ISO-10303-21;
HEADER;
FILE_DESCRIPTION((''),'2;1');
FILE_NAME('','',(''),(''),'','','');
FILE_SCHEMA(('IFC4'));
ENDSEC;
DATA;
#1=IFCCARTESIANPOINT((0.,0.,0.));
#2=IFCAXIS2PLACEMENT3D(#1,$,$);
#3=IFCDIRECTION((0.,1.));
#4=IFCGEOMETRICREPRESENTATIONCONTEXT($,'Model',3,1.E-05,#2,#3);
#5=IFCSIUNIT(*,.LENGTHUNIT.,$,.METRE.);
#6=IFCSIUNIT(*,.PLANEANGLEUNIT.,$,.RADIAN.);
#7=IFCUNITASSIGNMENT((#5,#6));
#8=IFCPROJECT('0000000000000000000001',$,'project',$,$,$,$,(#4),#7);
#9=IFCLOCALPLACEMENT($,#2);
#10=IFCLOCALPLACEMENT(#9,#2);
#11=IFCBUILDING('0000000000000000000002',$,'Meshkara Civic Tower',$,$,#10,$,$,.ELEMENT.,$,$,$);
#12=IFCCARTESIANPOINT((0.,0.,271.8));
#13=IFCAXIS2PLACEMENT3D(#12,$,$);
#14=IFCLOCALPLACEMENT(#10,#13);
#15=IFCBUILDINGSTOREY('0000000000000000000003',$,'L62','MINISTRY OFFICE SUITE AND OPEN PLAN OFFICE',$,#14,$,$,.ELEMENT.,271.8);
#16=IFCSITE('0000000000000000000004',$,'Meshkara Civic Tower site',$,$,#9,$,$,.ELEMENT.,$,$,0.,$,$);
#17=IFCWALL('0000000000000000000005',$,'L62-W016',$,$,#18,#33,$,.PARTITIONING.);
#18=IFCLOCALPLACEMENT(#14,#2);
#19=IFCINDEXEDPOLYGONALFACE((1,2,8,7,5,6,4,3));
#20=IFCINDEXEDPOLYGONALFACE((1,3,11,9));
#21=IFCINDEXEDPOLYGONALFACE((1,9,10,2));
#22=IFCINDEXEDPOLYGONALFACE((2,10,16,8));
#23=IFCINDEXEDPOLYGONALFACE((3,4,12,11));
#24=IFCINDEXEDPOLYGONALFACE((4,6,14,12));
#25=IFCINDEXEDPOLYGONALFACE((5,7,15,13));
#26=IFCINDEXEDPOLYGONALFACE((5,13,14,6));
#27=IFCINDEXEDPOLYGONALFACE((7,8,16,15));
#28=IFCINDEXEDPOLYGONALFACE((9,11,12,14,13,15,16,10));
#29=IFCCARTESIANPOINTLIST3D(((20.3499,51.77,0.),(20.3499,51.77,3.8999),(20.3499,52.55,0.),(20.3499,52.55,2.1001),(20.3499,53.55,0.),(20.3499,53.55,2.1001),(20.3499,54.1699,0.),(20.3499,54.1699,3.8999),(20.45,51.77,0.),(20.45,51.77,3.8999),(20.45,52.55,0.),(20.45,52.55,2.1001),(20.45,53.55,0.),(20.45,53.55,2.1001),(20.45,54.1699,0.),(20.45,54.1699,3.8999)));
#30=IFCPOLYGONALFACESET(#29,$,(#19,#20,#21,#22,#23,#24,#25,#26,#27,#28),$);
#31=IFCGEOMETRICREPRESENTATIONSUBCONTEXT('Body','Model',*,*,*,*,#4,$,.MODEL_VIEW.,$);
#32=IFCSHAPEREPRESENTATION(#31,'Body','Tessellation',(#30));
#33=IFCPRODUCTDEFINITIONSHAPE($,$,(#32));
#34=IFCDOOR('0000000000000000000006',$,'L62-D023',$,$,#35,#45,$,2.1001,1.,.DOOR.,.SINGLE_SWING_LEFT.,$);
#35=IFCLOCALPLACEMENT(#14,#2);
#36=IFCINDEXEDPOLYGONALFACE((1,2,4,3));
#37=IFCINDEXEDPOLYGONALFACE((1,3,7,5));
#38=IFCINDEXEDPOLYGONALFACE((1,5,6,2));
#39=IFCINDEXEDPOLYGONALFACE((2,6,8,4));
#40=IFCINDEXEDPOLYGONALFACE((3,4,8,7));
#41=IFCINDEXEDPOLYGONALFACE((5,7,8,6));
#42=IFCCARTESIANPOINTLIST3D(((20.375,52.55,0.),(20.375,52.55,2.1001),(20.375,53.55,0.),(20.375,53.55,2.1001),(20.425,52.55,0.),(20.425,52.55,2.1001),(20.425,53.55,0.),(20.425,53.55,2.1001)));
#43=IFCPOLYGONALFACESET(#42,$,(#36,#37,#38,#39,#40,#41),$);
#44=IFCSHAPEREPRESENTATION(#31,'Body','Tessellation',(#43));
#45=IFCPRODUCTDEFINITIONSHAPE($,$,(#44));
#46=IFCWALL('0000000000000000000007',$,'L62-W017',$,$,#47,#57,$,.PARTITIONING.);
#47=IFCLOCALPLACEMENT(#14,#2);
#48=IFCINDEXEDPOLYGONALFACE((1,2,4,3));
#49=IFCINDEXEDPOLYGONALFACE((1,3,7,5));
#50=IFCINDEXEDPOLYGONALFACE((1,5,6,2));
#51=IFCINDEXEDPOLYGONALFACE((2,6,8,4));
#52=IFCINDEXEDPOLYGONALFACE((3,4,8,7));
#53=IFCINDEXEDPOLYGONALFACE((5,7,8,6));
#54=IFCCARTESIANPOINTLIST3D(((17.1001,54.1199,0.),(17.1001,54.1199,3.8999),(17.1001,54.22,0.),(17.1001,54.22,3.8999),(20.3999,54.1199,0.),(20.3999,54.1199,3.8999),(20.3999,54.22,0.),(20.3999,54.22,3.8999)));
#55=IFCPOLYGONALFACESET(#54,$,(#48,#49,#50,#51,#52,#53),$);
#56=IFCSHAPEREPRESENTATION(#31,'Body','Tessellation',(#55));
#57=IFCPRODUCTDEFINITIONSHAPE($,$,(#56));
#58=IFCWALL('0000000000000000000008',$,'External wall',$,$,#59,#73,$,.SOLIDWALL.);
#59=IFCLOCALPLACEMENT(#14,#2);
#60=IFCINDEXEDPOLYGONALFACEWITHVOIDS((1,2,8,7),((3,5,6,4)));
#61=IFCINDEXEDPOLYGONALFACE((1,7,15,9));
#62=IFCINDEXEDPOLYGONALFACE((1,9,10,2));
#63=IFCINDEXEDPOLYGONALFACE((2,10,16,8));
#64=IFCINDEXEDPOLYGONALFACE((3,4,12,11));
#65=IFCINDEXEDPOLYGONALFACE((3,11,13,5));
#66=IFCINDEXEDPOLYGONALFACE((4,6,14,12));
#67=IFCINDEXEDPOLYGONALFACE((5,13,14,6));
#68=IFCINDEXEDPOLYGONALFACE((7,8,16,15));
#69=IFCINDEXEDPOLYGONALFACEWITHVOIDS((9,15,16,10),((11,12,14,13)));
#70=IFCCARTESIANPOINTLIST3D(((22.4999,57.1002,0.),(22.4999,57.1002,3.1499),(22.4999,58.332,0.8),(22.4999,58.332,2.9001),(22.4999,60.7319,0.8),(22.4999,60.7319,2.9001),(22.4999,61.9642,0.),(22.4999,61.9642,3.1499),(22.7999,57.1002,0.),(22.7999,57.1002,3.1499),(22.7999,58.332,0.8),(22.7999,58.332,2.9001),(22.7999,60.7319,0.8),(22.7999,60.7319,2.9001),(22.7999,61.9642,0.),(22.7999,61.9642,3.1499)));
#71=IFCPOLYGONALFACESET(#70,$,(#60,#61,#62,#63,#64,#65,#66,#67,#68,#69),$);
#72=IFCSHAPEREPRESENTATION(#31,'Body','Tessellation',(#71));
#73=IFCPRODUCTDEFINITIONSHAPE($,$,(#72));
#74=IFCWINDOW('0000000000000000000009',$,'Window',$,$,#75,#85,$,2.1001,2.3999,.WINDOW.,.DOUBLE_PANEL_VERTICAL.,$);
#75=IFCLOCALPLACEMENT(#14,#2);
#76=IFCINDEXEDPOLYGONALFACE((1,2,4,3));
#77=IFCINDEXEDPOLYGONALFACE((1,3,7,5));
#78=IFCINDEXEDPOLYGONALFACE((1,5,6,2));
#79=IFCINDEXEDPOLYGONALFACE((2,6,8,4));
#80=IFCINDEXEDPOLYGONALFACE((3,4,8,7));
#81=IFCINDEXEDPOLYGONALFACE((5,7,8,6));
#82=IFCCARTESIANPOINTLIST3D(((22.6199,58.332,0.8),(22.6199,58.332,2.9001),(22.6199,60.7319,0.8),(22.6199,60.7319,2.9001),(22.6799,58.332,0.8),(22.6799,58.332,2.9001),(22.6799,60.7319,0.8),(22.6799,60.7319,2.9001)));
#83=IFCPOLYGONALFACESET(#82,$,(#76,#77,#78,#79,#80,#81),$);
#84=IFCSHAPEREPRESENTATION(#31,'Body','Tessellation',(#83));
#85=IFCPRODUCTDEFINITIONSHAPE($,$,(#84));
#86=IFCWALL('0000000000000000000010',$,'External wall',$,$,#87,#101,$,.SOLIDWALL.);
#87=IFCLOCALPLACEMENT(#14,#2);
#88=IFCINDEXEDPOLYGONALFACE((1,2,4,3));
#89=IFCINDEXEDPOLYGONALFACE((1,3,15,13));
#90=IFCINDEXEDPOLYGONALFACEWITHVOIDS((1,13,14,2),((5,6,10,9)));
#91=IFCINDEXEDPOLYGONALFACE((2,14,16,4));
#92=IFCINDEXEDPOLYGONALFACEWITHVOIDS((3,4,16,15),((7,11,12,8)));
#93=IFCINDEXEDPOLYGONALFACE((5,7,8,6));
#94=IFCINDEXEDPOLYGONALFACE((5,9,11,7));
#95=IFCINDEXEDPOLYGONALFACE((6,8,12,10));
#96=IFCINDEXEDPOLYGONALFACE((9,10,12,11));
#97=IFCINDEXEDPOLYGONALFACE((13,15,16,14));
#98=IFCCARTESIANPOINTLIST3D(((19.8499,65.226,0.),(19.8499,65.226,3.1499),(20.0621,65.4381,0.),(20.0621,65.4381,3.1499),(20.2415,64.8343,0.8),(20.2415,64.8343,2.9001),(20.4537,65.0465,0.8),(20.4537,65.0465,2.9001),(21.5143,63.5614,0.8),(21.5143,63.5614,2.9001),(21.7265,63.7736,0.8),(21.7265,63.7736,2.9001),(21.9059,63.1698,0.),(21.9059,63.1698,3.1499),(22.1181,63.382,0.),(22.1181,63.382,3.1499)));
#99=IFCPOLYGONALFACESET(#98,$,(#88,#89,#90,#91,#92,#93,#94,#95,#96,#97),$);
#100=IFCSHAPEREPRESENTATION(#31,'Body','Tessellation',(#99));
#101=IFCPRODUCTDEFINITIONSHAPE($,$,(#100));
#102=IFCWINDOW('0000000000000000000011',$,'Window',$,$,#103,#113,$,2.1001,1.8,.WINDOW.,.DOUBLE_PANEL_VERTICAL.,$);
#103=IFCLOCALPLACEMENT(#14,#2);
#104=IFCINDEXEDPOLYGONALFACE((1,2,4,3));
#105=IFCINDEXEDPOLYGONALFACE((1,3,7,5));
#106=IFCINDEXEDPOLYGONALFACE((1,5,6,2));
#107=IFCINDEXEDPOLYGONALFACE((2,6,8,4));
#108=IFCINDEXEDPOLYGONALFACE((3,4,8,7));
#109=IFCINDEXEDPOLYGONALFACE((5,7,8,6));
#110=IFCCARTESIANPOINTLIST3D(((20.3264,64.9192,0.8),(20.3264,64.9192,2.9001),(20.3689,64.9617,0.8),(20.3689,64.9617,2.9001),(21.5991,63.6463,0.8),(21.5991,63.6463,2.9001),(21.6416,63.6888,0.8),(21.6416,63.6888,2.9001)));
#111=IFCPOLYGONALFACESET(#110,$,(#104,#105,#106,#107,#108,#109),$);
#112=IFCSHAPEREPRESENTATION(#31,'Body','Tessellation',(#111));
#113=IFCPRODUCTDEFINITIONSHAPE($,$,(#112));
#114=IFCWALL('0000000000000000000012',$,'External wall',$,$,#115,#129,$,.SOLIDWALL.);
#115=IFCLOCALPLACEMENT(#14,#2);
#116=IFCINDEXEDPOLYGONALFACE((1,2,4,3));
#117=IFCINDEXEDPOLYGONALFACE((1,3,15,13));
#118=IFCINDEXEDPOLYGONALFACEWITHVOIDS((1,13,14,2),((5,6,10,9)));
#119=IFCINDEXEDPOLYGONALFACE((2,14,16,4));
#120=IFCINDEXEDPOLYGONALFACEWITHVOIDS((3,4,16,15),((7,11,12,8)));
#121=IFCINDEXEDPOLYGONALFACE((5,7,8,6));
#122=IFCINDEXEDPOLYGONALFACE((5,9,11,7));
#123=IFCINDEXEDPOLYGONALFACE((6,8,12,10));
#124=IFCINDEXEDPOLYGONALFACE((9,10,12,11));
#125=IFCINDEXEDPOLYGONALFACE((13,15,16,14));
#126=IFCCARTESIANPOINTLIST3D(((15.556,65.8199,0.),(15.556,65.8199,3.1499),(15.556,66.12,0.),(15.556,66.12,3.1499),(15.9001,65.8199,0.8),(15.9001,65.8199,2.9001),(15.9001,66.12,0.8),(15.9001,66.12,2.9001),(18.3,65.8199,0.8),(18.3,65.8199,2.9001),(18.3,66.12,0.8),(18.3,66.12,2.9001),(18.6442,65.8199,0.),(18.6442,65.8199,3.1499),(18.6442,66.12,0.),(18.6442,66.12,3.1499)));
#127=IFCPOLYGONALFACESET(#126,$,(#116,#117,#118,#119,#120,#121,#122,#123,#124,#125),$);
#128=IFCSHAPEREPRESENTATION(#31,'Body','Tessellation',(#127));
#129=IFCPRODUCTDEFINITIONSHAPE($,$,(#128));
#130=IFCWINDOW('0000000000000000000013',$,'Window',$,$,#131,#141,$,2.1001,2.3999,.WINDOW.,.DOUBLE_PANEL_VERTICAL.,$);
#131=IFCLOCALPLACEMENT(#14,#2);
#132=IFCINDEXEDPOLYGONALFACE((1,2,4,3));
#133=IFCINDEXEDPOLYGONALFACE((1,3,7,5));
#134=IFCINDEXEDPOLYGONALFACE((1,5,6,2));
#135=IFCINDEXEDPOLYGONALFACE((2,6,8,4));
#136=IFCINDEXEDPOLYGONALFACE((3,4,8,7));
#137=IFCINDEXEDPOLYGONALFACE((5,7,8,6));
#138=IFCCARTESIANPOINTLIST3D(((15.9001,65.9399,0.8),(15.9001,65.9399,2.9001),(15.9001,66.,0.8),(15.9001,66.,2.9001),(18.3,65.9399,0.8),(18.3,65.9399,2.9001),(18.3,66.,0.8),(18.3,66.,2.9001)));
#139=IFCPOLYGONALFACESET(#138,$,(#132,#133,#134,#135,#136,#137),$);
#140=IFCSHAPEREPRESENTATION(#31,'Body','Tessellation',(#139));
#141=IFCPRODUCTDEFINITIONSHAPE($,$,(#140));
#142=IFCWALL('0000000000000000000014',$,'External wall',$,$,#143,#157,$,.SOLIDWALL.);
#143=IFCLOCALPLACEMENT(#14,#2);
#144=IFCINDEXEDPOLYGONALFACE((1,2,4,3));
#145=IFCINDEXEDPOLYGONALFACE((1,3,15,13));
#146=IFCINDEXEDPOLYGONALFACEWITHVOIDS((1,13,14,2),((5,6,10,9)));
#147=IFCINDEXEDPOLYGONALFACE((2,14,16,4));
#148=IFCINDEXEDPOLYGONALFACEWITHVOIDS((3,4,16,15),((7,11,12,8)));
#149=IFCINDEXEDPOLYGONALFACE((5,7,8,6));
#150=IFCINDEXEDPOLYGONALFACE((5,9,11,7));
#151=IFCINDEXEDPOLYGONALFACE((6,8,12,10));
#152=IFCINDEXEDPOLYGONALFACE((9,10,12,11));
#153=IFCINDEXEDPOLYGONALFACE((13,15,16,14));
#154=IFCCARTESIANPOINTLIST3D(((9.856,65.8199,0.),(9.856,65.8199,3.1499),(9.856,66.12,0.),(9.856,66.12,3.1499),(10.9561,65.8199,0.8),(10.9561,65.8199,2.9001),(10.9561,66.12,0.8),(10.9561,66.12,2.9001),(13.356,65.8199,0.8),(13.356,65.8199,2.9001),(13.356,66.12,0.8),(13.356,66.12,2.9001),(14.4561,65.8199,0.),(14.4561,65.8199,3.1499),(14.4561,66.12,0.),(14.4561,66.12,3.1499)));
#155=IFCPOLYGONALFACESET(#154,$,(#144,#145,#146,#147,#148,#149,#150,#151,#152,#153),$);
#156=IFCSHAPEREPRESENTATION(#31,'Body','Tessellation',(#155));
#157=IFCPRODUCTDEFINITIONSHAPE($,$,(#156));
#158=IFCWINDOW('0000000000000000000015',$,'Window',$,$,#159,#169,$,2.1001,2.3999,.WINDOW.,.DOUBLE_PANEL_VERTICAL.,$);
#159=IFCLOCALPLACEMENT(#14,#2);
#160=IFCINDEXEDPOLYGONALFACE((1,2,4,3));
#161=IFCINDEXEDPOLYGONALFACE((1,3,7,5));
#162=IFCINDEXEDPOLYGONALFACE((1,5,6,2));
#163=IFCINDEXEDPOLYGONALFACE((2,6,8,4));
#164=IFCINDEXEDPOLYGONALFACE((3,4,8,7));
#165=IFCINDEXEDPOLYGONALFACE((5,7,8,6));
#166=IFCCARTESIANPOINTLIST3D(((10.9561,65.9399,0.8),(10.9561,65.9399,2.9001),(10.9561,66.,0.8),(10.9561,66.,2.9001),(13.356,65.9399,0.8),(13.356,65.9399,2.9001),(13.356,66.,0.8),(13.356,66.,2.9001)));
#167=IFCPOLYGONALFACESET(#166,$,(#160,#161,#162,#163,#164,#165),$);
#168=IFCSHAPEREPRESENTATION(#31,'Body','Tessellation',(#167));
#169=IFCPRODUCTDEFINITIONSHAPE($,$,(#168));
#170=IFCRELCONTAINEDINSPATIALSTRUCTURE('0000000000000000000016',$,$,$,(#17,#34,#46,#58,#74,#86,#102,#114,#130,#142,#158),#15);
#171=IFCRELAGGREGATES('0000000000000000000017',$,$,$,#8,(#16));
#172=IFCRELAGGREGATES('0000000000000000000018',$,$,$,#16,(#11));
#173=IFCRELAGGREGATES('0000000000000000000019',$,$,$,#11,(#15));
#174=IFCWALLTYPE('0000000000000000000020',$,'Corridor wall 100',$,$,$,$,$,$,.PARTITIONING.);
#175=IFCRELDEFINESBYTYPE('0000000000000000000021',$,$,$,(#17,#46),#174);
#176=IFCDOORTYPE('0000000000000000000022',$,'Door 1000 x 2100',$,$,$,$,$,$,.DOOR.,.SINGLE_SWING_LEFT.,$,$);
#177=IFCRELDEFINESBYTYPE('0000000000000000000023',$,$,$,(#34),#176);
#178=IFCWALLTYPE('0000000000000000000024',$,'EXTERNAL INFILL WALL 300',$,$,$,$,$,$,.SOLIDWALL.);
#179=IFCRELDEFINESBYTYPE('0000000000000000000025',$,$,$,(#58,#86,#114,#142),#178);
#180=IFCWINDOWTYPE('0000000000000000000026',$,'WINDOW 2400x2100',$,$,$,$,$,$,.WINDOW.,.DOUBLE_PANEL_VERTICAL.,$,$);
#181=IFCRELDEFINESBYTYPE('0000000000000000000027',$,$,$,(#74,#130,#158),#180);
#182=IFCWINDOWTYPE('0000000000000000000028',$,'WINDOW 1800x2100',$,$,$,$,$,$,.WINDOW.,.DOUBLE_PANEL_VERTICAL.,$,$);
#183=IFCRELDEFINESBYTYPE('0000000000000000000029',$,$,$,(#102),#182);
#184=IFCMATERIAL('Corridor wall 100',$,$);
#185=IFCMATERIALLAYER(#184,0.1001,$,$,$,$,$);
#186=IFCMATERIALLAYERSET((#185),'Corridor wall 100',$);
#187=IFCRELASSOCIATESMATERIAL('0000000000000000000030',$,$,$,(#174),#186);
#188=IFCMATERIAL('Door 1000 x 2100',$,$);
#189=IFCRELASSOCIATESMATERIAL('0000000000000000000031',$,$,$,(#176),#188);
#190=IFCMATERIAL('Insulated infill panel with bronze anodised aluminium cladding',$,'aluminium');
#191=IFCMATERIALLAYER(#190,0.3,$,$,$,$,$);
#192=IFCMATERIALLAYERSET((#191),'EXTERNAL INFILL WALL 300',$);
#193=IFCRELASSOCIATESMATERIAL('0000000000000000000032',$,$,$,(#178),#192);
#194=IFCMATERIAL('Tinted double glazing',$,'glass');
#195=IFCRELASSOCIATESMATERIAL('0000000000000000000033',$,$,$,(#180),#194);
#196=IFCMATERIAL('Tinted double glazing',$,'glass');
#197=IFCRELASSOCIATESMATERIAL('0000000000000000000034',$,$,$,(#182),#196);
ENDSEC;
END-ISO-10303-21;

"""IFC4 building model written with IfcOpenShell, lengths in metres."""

from ifc_helpers import new_model, si_unit, direction, frame, frame_2d, origin, place, context, subcontext, project, spatial, rectangle, extrude, material, layer, layer_set, type_object, element, fill, save


model = new_model("IFC4")

# Units and contexts
model_context = context("Model", 3, precision=1e-05, world=origin(), true_north=direction((0.0, 1.0)))
body_context = subcontext(model_context, "Body", "Model", "MODEL_VIEW")
ifc_project = project(units=[si_unit("LENGTHUNIT", "METRE"), si_unit("PLANEANGLEUNIT", "RADIAN")], contexts=[model_context])

# Site, building, storey
site_placement = place(None, origin())
site = spatial("IfcSite", under=ifc_project, at=site_placement, Name="Meshkara Civic Tower site", CompositionType="ELEMENT", RefElevation=0.0)
building_placement = place(site_placement, origin())
building = spatial("IfcBuilding", under=site, at=building_placement, Name="Meshkara Civic Tower", CompositionType="ELEMENT")
storey_placement = place(building_placement, frame((0.0, 0.0, 271.8)))
storey = spatial("IfcBuildingStorey", under=building, at=storey_placement, Name="L62", Description="MINISTRY OFFICE SUITE AND OPEN PLAN OFFICE", CompositionType="ELEMENT", Elevation=271.8)

# Shared definitions
ifc_material_1 = material(Name="Corridor wall 100")
ifc_layer_1 = layer(ifc_material_1, 0.1001)
ifc_layer_set_1 = layer_set([ifc_layer_1], Name="Corridor wall 100")
wall_type_1 = type_object("IfcWallType", Name="Corridor wall 100", PredefinedType="PARTITIONING", material=ifc_layer_set_1)

# Wall, opening, door
wall_1_placement = place(storey_placement, frame((20.3999, 51.77, 0.0), z_axis=(0.0, 0.0, 1.0), x_axis=(0.0, 1.0, 0.0)))
wall_1 = element("IfcWall", 1, at=wall_1_placement, inside=storey, type_object=wall_type_1, Name="L62-W016", PredefinedType="PARTITIONING", context=body_context, shape_type="SweptSolid", body=[
    extrude(rectangle(XDim=2.3999, YDim=0.1001, at=frame_2d((1.2, 0.0))), origin(), (0.0, 0.0, 1.0), 3.8999),
])
opening_1_placement = place(wall_1_placement, frame((0.78, 0.0, 0.0)))
opening_1 = element("IfcOpeningElement", 2, at=opening_1_placement, cuts=wall_1, PredefinedType="OPENING", context=body_context, shape_type="SweptSolid", body=[
    extrude(rectangle(XDim=1.0, YDim=2.1001, at=frame_2d((0.5, 1.05))), frame((0.0, 0.0601, 0.0), z_axis=(0.0, -1.0, 0.0), x_axis=(1.0, 0.0, 0.0)), (0.0, 0.0, 1.0), 0.1201),
])
ifc_material_2 = material(Name="Door 1000 x 2100")
door_type_1 = type_object("IfcDoorType", Name="Door 1000 x 2100", OperationType="SINGLE_SWING_LEFT", PredefinedType="DOOR", material=ifc_material_2)
door_1_placement = place(opening_1_placement, origin())
door_1 = element("IfcDoor", 3, at=door_1_placement, inside=storey, type_object=door_type_1, Name="L62-D023", OperationType="SINGLE_SWING_LEFT", OverallHeight=2.1001, OverallWidth=1.0, PredefinedType="DOOR", context=body_context, shape_type="SweptSolid", body=[
    extrude(rectangle(XDim=1.0, YDim=2.1001, at=frame_2d((0.5, 1.05))), frame((0.0, 0.0249, 0.0), z_axis=(0.0, -1.0, 0.0), x_axis=(1.0, 0.0, 0.0)), (0.0, 0.0, 1.0), 0.05),
])
fill(opening_1, door_1)

# Wall
wall_2_placement = place(storey_placement, frame((20.3999, 54.1699, 0.0), z_axis=(0.0, 0.0, 1.0), x_axis=(-1.0, 0.0, 0.0)))
element("IfcWall", 4, at=wall_2_placement, inside=storey, type_object=wall_type_1, Name="L62-W017", PredefinedType="PARTITIONING", context=body_context, shape_type="SweptSolid", body=[
    extrude(rectangle(XDim=3.2998, YDim=0.1001, at=frame_2d((1.6499, 0.0))), origin(), (0.0, 0.0, 1.0), 3.8999),
])

# Walls, openings, windows
ifc_material_3 = material(Name="Insulated infill panel with bronze anodised aluminium cladding", Category="aluminium")
ifc_layer_2 = layer(ifc_material_3, 0.3)
ifc_layer_set_2 = layer_set([ifc_layer_2], Name="EXTERNAL INFILL WALL 300")
wall_type_2 = type_object("IfcWallType", Name="EXTERNAL INFILL WALL 300", PredefinedType="SOLIDWALL", material=ifc_layer_set_2)
wall_3_placement = place(storey_placement, frame((22.6499, 57.1001, 0.0), z_axis=(0.0, 0.0, 1.0), x_axis=(0.0, 1.0, 0.0)))
wall_3 = element("IfcWall", 5, at=wall_3_placement, inside=storey, type_object=wall_type_2, Name="External wall", PredefinedType="SOLIDWALL", context=body_context, shape_type="SweptSolid", body=[
    extrude(rectangle(XDim=4.864, YDim=0.3, at=frame_2d((2.4321, 0.0))), origin(), (0.0, 0.0, 1.0), 3.1499),
])
opening_2_placement = place(wall_3_placement, frame((1.2319, 0.0, 0.8)))
opening_2 = element("IfcOpeningElement", 6, at=opening_2_placement, cuts=wall_3, PredefinedType="OPENING", context=body_context, shape_type="SweptSolid", body=[
    extrude(rectangle(XDim=2.3999, YDim=2.1001, at=frame_2d((1.2, 1.05))), frame((0.0, 0.1599, 0.0), z_axis=(0.0, -1.0, 0.0), x_axis=(1.0, 0.0, 0.0)), (0.0, 0.0, 1.0), 0.3201),
])
ifc_material_4 = material(Name="Tinted double glazing", Category="glass")
window_type_1 = type_object("IfcWindowType", Name="WINDOW 2400x2100", PartitioningType="DOUBLE_PANEL_VERTICAL", PredefinedType="WINDOW", material=ifc_material_4)
window_1_placement = place(opening_2_placement, origin())
window_1 = element("IfcWindow", 7, at=window_1_placement, inside=storey, type_object=window_type_1, Name="Window", OverallHeight=2.1001, OverallWidth=2.3999, PartitioningType="DOUBLE_PANEL_VERTICAL", PredefinedType="WINDOW", context=body_context, shape_type="SweptSolid", body=[
    extrude(rectangle(XDim=2.3999, YDim=2.1001, at=frame_2d((1.2, 1.05))), frame((0.0, 0.03, 0.0), z_axis=(0.0, -1.0, 0.0), x_axis=(1.0, 0.0, 0.0)), (0.0, 0.0, 1.0), 0.0601),
])
fill(opening_2, window_1)
wall_4_placement = place(storey_placement, frame((22.012, 63.2759, 0.0), z_axis=(0.0, 0.0, 1.0), x_axis=(-0.707065, 0.707149, 0.0)))
wall_4 = element("IfcWall", 8, at=wall_4_placement, inside=storey, type_object=wall_type_2, Name="External wall", PredefinedType="SOLIDWALL", context=body_context, shape_type="SweptSolid", body=[
    extrude(rectangle(XDim=2.9077, YDim=0.3, at=frame_2d((1.4539, 0.0))), origin(), (0.0, 0.0, 1.0), 3.1499),
])
opening_3_placement = place(wall_4_placement, frame((0.554, 0.0, 0.8)))
opening_3 = element("IfcOpeningElement", 9, at=opening_3_placement, cuts=wall_4, PredefinedType="OPENING", context=body_context, shape_type="SweptSolid", body=[
    extrude(rectangle(XDim=1.8, YDim=2.1001, at=frame_2d((0.8999, 1.05))), frame((0.0, 0.1599, 0.0), z_axis=(0.0, -1.0, 0.0), x_axis=(1.0, 0.0, 0.0)), (0.0, 0.0, 1.0), 0.3201),
])
ifc_material_5 = material(Name="Tinted double glazing", Category="glass")
window_type_2 = type_object("IfcWindowType", Name="WINDOW 1800x2100", PartitioningType="DOUBLE_PANEL_VERTICAL", PredefinedType="WINDOW", material=ifc_material_5)
window_2_placement = place(opening_3_placement, origin())
window_2 = element("IfcWindow", 10, at=window_2_placement, inside=storey, type_object=window_type_2, Name="Window", OverallHeight=2.1001, OverallWidth=1.8, PartitioningType="DOUBLE_PANEL_VERTICAL", PredefinedType="WINDOW", context=body_context, shape_type="SweptSolid", body=[
    extrude(rectangle(XDim=1.8, YDim=2.1001, at=frame_2d((0.8999, 1.05))), frame((0.0, 0.03, 0.0), z_axis=(0.0, -1.0, 0.0), x_axis=(1.0, 0.0, 0.0)), (0.0, 0.0, 1.0), 0.0601),
])
fill(opening_3, window_2)
wall_5_placement = place(storey_placement, frame((18.644, 65.97, 0.0), z_axis=(0.0, 0.0, 1.0), x_axis=(-1.0, 0.0, 0.0)))
wall_5 = element("IfcWall", 11, at=wall_5_placement, inside=storey, type_object=wall_type_2, Name="External wall", PredefinedType="SOLIDWALL", context=body_context, shape_type="SweptSolid", body=[
    extrude(rectangle(XDim=3.0881, YDim=0.3, at=frame_2d((1.5439, 0.0))), origin(), (0.0, 0.0, 1.0), 3.1499),
])
opening_4_placement = place(wall_5_placement, frame((0.344, 0.0, 0.8)))
opening_4 = element("IfcOpeningElement", 12, at=opening_4_placement, cuts=wall_5, PredefinedType="OPENING", context=body_context, shape_type="SweptSolid", body=[
    extrude(rectangle(XDim=2.3999, YDim=2.1001, at=frame_2d((1.2, 1.05))), frame((0.0, 0.1599, 0.0), z_axis=(0.0, -1.0, 0.0), x_axis=(1.0, 0.0, 0.0)), (0.0, 0.0, 1.0), 0.3201),
])
window_3_placement = place(opening_4_placement, origin())
window_3 = element("IfcWindow", 13, at=window_3_placement, inside=storey, type_object=window_type_1, Name="Window", OverallHeight=2.1001, OverallWidth=2.3999, PartitioningType="DOUBLE_PANEL_VERTICAL", PredefinedType="WINDOW", context=body_context, shape_type="SweptSolid", body=[
    extrude(rectangle(XDim=2.3999, YDim=2.1001, at=frame_2d((1.2, 1.05))), frame((0.0, 0.03, 0.0), z_axis=(0.0, -1.0, 0.0), x_axis=(1.0, 0.0, 0.0)), (0.0, 0.0, 1.0), 0.0601),
])
fill(opening_4, window_3)
wall_6_placement = place(storey_placement, frame((14.4561, 65.97, 0.0), z_axis=(0.0, 0.0, 1.0), x_axis=(-1.0, 0.0, 0.0)))
wall_6 = element("IfcWall", 14, at=wall_6_placement, inside=storey, type_object=wall_type_2, Name="External wall", PredefinedType="SOLIDWALL", context=body_context, shape_type="SweptSolid", body=[
    extrude(rectangle(XDim=4.6001, YDim=0.3, at=frame_2d((2.3, 0.0))), origin(), (0.0, 0.0, 1.0), 3.1499),
])
opening_5_placement = place(wall_6_placement, frame((1.1001, 0.0, 0.8)))
opening_5 = element("IfcOpeningElement", 15, at=opening_5_placement, cuts=wall_6, PredefinedType="OPENING", context=body_context, shape_type="SweptSolid", body=[
    extrude(rectangle(XDim=2.3999, YDim=2.1001, at=frame_2d((1.2, 1.05))), frame((0.0, 0.1599, 0.0), z_axis=(0.0, -1.0, 0.0), x_axis=(1.0, 0.0, 0.0)), (0.0, 0.0, 1.0), 0.3201),
])
window_4_placement = place(opening_5_placement, origin())
window_4 = element("IfcWindow", 16, at=window_4_placement, inside=storey, type_object=window_type_1, Name="Window", OverallHeight=2.1001, OverallWidth=2.3999, PartitioningType="DOUBLE_PANEL_VERTICAL", PredefinedType="WINDOW", context=body_context, shape_type="SweptSolid", body=[
    extrude(rectangle(XDim=2.3999, YDim=2.1001, at=frame_2d((1.2, 1.05))), frame((0.0, 0.03, 0.0), z_axis=(0.0, -1.0, 0.0), x_axis=(1.0, 0.0, 0.0)), (0.0, 0.0, 1.0), 0.0601),
])
fill(opening_5, window_4)

save(model, "model.ifc")
